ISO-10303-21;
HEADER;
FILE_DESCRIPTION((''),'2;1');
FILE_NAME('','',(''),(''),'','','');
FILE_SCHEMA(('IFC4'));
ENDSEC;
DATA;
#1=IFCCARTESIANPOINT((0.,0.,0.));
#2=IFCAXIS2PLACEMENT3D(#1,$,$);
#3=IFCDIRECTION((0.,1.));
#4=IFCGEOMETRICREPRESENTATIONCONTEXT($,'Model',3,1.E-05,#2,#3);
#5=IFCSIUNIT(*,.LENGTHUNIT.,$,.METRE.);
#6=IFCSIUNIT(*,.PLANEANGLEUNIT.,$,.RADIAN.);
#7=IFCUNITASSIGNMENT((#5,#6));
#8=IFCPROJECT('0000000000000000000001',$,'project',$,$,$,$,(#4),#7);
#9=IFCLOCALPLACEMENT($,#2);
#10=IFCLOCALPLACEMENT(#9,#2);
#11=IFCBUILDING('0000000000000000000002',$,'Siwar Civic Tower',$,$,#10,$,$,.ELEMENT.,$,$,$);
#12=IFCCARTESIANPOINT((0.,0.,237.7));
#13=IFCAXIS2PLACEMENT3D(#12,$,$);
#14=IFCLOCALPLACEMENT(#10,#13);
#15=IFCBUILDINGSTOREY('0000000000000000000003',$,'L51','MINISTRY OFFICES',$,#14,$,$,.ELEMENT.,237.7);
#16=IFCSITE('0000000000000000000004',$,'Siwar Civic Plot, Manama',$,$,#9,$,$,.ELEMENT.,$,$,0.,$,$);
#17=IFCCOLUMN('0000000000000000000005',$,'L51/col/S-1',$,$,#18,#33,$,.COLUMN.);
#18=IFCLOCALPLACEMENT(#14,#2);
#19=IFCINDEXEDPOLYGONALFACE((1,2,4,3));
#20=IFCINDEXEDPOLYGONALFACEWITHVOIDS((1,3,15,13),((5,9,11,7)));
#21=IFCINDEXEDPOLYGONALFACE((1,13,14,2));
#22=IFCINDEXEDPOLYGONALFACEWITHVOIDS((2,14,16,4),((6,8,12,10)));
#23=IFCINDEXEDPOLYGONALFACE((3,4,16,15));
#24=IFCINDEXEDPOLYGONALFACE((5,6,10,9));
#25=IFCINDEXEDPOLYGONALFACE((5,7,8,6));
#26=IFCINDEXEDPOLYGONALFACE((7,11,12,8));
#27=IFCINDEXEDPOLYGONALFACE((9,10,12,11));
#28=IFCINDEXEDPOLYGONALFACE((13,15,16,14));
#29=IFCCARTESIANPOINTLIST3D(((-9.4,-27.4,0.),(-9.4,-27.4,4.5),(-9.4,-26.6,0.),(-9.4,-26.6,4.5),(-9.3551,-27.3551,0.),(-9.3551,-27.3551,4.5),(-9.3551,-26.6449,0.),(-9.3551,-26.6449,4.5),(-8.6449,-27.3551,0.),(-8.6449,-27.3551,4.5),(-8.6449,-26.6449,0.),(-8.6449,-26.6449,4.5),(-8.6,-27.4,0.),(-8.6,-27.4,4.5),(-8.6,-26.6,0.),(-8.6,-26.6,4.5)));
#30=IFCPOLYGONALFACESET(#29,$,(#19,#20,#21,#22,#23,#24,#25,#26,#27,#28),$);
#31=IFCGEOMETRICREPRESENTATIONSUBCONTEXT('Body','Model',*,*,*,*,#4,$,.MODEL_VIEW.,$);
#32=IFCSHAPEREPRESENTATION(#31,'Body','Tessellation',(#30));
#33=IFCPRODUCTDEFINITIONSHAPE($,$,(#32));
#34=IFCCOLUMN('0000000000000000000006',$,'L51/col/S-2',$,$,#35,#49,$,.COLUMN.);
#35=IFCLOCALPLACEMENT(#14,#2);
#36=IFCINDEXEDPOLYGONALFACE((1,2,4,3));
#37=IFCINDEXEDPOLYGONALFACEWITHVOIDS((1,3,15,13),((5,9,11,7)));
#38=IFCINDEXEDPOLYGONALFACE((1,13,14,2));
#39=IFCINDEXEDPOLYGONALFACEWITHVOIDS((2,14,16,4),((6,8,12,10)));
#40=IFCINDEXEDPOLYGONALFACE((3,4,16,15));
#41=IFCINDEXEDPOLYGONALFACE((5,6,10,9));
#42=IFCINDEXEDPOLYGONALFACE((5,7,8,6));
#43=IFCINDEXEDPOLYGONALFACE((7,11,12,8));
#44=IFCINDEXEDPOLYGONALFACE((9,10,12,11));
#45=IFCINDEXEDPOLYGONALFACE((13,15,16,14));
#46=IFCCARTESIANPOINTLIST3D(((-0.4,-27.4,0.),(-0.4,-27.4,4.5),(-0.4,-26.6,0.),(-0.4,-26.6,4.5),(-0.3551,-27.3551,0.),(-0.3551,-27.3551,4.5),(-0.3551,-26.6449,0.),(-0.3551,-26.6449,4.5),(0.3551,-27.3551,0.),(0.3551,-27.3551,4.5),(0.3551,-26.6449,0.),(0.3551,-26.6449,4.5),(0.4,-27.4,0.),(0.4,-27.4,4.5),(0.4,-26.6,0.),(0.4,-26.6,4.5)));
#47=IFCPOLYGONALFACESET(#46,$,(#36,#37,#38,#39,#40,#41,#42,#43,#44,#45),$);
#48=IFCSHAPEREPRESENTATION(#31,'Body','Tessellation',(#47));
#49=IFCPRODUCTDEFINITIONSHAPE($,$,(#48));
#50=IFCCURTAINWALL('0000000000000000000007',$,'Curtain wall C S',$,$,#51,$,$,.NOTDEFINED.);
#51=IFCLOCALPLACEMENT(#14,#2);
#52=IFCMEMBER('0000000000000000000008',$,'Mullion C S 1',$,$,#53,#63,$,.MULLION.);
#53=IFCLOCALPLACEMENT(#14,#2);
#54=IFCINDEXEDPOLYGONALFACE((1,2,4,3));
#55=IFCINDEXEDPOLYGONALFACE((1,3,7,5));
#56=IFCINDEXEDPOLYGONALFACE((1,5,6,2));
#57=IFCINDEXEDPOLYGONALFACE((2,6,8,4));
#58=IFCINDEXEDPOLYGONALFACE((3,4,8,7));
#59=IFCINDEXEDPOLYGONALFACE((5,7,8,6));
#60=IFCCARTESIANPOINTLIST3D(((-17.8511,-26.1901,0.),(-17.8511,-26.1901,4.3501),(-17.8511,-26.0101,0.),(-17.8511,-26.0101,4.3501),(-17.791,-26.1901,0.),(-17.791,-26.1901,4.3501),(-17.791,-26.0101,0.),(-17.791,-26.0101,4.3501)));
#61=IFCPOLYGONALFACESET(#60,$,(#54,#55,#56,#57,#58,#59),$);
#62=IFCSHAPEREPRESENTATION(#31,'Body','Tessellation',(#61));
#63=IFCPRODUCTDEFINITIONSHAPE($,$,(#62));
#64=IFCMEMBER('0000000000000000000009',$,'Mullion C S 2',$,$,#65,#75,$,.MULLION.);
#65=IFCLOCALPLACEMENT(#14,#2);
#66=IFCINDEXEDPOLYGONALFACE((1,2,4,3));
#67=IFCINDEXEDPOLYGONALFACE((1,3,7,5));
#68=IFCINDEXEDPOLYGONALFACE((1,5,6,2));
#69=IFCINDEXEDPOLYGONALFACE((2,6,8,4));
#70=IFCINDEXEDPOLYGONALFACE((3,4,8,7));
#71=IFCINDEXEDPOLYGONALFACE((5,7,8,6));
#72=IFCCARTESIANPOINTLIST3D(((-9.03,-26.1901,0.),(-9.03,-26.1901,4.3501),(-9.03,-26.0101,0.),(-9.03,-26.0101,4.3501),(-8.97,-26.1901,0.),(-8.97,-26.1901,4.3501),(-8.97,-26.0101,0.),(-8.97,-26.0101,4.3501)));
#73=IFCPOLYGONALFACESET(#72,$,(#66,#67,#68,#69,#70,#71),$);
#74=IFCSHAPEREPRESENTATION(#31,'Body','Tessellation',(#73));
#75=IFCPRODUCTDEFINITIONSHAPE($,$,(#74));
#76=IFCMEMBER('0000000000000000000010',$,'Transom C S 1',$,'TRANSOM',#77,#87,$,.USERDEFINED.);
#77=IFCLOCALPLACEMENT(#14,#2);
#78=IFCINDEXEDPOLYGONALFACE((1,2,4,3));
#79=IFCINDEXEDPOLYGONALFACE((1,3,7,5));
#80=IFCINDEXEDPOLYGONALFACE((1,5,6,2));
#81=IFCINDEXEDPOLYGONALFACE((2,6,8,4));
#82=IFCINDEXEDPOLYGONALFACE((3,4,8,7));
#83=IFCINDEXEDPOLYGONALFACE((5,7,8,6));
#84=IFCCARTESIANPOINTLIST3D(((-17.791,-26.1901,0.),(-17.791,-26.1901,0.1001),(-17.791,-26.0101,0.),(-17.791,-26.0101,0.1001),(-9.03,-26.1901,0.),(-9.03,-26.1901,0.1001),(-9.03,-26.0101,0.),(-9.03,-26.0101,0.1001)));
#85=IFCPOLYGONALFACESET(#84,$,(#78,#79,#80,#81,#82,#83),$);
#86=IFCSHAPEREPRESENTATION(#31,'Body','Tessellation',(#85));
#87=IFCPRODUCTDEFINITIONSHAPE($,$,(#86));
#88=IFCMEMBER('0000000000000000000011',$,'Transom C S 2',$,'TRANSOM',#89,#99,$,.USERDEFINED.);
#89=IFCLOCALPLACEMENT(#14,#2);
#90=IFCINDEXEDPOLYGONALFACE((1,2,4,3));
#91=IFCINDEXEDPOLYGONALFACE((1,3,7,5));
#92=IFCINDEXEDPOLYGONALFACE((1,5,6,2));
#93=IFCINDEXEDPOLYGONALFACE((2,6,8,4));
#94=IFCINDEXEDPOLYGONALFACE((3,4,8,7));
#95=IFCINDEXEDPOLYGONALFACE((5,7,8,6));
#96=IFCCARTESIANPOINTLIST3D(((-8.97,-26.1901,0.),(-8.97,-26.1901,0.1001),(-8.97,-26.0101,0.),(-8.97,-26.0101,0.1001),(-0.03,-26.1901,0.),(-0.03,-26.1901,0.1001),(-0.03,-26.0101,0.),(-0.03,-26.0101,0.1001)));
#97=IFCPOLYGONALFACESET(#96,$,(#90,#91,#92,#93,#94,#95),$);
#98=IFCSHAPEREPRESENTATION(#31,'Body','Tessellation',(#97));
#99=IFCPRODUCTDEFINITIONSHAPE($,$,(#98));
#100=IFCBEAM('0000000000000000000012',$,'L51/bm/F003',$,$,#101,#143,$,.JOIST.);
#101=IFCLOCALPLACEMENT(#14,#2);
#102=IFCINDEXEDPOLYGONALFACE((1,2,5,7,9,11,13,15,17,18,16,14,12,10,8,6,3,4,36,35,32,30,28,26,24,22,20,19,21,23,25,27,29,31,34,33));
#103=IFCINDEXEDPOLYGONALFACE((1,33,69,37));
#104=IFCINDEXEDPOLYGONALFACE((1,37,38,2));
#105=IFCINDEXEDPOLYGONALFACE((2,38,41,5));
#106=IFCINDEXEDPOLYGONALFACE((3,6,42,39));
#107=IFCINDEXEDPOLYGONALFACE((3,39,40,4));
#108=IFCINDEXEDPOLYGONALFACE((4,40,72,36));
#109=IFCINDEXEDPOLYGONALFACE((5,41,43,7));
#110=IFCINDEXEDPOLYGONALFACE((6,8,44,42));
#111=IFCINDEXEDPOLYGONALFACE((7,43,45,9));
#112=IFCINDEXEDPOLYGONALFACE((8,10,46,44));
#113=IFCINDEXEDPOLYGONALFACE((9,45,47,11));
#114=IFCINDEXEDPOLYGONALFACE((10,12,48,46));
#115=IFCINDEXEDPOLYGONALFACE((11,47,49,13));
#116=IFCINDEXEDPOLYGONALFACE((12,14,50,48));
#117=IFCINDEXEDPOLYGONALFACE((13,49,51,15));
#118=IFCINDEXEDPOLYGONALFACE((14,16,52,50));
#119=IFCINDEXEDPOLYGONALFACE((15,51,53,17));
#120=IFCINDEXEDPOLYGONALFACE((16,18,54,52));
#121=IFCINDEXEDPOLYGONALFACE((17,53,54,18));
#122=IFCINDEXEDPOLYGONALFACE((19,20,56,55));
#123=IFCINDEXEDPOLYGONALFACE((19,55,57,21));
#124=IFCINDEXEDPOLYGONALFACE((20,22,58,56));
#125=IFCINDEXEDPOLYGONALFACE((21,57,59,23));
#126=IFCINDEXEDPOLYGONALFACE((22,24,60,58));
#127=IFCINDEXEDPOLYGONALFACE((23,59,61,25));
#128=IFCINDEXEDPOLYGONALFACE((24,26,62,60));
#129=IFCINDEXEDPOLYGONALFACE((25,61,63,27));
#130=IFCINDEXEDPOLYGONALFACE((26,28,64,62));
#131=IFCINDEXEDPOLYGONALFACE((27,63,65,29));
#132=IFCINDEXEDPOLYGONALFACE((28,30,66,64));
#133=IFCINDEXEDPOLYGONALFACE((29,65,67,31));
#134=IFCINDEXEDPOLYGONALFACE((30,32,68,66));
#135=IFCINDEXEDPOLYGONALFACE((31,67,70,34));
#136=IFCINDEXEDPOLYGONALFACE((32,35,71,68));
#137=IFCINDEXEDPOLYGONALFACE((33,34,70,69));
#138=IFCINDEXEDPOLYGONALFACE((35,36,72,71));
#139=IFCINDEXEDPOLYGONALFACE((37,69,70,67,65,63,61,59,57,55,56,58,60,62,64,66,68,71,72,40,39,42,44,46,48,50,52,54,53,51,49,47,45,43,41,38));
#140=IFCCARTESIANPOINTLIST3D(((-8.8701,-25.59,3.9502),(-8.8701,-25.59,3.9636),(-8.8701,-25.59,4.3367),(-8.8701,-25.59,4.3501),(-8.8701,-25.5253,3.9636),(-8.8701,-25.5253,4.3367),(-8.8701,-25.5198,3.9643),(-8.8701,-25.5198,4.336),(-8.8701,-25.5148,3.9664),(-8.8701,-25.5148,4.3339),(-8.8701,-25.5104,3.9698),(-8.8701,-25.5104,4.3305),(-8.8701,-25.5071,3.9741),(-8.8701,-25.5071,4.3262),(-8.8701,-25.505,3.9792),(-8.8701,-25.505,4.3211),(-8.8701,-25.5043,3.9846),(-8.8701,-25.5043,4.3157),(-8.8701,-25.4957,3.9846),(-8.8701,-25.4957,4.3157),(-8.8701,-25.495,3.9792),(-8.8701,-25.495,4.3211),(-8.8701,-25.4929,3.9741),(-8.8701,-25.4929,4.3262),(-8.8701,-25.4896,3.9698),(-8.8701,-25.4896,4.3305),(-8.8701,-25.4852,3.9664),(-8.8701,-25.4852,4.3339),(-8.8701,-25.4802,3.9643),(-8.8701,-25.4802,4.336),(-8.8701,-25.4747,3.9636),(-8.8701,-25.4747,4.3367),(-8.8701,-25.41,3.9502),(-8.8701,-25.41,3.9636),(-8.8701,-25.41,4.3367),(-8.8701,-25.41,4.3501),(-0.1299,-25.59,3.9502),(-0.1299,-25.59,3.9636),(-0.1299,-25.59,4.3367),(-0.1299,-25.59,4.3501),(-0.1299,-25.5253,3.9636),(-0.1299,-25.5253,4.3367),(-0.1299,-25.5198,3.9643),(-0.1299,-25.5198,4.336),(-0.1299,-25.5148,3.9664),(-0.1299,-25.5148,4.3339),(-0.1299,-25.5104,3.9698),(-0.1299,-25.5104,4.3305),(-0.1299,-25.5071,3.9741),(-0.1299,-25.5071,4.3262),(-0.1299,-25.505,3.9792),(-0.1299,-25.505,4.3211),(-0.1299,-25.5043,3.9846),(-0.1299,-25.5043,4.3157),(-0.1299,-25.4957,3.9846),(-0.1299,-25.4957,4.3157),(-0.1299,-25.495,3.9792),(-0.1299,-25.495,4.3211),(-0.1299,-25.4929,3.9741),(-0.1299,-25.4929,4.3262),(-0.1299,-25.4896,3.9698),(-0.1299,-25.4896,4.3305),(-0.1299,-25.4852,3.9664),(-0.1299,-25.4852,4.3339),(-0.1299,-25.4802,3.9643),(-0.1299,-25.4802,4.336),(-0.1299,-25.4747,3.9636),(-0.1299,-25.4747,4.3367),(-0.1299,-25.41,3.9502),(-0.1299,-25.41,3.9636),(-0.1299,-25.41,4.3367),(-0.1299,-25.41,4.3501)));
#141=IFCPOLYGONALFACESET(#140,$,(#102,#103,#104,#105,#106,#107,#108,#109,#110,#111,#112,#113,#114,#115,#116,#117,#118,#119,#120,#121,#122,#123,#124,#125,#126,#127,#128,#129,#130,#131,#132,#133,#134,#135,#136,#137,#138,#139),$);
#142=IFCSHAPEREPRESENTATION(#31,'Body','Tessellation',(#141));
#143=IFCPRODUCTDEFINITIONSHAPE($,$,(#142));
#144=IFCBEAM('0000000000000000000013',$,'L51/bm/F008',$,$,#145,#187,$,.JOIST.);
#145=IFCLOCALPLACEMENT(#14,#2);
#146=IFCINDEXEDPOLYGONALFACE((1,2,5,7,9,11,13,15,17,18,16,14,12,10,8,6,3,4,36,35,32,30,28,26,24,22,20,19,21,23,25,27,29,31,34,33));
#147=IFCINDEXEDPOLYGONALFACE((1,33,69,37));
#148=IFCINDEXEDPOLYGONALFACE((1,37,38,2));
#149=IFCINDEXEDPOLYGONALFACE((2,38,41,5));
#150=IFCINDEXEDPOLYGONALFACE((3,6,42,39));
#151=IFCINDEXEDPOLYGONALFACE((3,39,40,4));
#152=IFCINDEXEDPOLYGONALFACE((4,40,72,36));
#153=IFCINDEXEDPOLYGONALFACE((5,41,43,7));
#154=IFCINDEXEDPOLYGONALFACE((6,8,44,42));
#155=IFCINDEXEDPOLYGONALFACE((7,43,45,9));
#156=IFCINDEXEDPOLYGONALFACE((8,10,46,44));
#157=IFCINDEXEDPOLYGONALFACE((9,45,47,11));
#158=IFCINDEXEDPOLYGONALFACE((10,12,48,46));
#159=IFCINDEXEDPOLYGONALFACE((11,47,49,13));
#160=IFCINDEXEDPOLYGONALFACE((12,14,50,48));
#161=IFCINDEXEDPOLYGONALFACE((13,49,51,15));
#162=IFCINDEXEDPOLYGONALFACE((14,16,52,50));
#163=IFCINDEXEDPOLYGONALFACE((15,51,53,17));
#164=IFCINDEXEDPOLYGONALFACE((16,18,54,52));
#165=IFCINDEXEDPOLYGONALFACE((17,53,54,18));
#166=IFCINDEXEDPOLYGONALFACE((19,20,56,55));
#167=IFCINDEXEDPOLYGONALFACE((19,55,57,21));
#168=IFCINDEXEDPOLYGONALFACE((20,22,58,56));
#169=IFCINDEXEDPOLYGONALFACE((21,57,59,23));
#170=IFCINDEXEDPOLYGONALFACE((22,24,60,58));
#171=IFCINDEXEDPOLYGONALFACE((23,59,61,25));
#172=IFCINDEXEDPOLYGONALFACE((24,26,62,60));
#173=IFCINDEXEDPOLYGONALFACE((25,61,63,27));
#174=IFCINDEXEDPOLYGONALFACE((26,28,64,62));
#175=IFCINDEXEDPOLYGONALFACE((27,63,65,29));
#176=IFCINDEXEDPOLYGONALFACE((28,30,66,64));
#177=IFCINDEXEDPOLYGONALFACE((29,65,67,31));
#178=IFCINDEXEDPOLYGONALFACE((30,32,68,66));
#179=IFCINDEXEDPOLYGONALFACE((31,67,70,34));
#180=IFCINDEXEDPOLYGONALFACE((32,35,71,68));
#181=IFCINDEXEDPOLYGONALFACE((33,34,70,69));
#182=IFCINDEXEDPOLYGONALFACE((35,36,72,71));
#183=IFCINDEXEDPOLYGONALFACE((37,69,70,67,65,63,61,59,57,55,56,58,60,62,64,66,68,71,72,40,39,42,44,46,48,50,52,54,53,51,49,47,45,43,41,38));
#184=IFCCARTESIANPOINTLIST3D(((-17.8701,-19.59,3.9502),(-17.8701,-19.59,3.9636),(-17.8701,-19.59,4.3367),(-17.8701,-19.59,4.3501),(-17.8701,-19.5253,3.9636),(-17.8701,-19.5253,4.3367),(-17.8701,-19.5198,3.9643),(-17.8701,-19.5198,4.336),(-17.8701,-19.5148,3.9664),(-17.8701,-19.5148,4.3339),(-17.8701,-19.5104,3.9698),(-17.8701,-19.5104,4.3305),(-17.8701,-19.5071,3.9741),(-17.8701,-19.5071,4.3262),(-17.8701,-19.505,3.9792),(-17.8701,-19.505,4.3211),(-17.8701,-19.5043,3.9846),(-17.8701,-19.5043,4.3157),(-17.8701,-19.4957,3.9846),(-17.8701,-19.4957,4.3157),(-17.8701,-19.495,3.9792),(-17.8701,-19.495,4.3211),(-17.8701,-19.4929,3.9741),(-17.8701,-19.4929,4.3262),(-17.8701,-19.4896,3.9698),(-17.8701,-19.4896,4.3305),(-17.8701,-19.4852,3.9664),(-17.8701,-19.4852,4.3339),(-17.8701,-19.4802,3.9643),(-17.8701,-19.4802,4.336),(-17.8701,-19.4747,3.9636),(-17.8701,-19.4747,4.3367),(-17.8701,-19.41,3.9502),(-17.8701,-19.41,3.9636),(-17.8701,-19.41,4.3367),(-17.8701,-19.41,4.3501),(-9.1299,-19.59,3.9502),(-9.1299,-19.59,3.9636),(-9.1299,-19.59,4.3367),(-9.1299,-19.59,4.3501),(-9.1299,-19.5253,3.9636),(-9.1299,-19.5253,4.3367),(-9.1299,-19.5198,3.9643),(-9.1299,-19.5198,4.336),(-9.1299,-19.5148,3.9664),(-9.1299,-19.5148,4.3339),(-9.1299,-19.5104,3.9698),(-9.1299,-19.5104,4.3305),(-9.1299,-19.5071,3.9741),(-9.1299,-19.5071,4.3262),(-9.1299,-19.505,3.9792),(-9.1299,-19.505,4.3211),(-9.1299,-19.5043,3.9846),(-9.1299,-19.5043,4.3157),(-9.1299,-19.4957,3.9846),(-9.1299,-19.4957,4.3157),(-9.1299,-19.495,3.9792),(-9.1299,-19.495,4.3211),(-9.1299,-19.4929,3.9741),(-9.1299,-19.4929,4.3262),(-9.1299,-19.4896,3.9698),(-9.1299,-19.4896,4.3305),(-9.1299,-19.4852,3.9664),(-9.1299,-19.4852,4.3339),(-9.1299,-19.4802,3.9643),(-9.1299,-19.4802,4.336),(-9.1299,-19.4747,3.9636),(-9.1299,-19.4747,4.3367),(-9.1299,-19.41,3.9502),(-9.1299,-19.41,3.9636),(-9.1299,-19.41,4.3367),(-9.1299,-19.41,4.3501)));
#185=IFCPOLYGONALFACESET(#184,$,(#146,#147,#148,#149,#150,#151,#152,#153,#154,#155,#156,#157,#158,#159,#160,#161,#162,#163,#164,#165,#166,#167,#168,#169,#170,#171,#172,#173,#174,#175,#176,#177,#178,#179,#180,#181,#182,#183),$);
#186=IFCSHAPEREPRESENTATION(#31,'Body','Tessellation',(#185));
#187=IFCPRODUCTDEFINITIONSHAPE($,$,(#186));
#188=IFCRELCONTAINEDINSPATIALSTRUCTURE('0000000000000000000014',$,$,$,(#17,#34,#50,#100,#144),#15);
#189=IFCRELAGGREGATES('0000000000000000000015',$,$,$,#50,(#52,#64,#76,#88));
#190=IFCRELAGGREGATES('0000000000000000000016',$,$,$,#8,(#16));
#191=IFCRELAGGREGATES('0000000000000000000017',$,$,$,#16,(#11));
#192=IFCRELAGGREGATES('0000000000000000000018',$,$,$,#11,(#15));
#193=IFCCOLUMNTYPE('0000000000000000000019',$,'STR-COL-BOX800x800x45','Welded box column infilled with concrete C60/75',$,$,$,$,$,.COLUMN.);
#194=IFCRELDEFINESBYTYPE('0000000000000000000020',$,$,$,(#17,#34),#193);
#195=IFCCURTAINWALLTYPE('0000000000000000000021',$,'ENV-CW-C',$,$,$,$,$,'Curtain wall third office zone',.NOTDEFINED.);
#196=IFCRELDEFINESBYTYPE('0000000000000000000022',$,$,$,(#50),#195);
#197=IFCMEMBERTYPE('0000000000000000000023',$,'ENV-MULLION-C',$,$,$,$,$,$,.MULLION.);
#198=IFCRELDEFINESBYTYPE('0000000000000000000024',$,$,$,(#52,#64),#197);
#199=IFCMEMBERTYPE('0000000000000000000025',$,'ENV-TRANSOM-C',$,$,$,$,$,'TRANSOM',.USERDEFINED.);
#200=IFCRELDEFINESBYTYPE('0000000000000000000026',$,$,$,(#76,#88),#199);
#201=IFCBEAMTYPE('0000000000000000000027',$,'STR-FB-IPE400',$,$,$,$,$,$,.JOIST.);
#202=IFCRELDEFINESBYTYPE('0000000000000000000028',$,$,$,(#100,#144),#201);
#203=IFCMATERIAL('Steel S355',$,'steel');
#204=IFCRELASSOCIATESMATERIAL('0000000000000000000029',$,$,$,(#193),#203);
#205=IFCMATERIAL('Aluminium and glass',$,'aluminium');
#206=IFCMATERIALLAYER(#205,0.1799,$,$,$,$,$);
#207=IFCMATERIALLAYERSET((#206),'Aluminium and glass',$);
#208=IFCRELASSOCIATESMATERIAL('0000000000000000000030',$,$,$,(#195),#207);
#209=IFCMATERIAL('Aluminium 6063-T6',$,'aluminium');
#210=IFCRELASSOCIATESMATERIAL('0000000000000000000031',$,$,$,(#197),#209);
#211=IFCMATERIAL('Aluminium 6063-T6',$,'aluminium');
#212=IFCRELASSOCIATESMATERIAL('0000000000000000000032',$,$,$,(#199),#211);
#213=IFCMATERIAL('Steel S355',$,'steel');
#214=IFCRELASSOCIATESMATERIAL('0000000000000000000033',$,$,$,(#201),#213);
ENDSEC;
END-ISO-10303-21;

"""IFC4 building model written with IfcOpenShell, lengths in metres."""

from ifc_helpers import new_model, si_unit, direction, frame, origin, origin_2d, place, context, subcontext, project, spatial, rectangle, hollow_rectangle, i_section, extrude, material, layer, layer_set, material_profile, profile_set, type_object, element, aggregate, save


model = new_model("IFC4")

# Units and contexts
model_context = context("Model", 3, precision=1e-05, world=origin(), true_north=direction((0.0, 1.0)))
body_context = subcontext(model_context, "Body", "Model", "MODEL_VIEW")
ifc_project = project(units=[si_unit("LENGTHUNIT", "METRE"), si_unit("PLANEANGLEUNIT", "RADIAN")], contexts=[model_context])

# Site, building, storey
site_placement = place(None, origin())
site = spatial("IfcSite", under=ifc_project, at=site_placement, Name="Siwar Civic Plot, Manama", CompositionType="ELEMENT", RefElevation=0.0)
building_placement = place(site_placement, origin())
building = spatial("IfcBuilding", under=site, at=building_placement, Name="Siwar Civic Tower", CompositionType="ELEMENT")
storey_placement = place(building_placement, frame((0.0, 0.0, 237.7)))
storey = spatial("IfcBuildingStorey", under=building, at=storey_placement, Name="L51", Description="MINISTRY OFFICES", CompositionType="ELEMENT", Elevation=237.7)

# Columns
ifc_material_1 = material(Name="Steel S355", Category="steel")
ifc_material_profile_1 = material_profile(ifc_material_1, hollow_rectangle(XDim=0.8, YDim=0.8, WallThickness=0.0449, at=origin_2d()), Name="BOX800x800x45")
ifc_profile_set_1 = profile_set([ifc_material_profile_1], Name="Steel S355")
column_type = type_object("IfcColumnType", Name="STR-COL-BOX800x800x45", Description="Welded box column infilled with concrete C60/75", PredefinedType="COLUMN", material=ifc_profile_set_1)
for number, where, z_axis, x_axis, name in (
    (1, (-9.0, -27.0, 0.0), (0.0, 0.0, 1.0), (1.0, 0.0, 0.0), "L51/col/S-1"),
    (2, (0.0, -27.0, 0.0), (0.0, 0.0, 1.0), (1.0, 0.0, 0.0), "L51/col/S-2"),
):
    element("IfcColumn", number, at=place(storey_placement, frame(where, z_axis=z_axis, x_axis=x_axis)), inside=storey, type_object=column_type, Name=name, PredefinedType="COLUMN", context=body_context, shape_type="SweptSolid", body=[
        extrude(hollow_rectangle(XDim=0.8, YDim=0.8, WallThickness=0.0449, at=origin_2d()), origin(), (0.0, 0.0, 1.0), 4.5),
    ])

# Curtain wall, members
ifc_material_2 = material(Name="Aluminium and glass", Category="aluminium")
ifc_layer_1 = layer(ifc_material_2, 0.1799)
ifc_layer_set_1 = layer_set([ifc_layer_1], Name="Aluminium and glass")
curtain_wall_type = type_object("IfcCurtainWallType", Name="ENV-CW-C", ElementType="Curtain wall third office zone", PredefinedType="NOTDEFINED", material=ifc_layer_set_1)
curtain_wall_placement = place(storey_placement, origin())
curtain_wall = element("IfcCurtainWall", 3, at=curtain_wall_placement, inside=storey, type_object=curtain_wall_type, Name="Curtain wall C S", PredefinedType="NOTDEFINED")
ifc_material_3 = material(Name="Aluminium 6063-T6", Category="aluminium")
ifc_material_profile_2 = material_profile(ifc_material_3, rectangle(XDim=0.1799, YDim=0.0601, at=origin_2d()), Name="AL 180x60")
ifc_profile_set_2 = profile_set([ifc_material_profile_2], Name="Aluminium 6063-T6")
member_type_1 = type_object("IfcMemberType", Name="ENV-MULLION-C", PredefinedType="MULLION", material=ifc_profile_set_2)
member_1_placement = place(storey_placement, frame((-17.821, -26.1001, 0.0), z_axis=(0.0, 0.0, 1.0), x_axis=(0.0, 1.0, 0.0)))
member_1 = element("IfcMember", 4, at=member_1_placement, type_object=member_type_1, Name="Mullion C S 1", PredefinedType="MULLION", context=body_context, shape_type="SweptSolid", body=[
    extrude(rectangle(XDim=0.1799, YDim=0.0601, at=origin_2d()), origin(), (0.0, 0.0, 1.0), 4.3501),
])
member_2_placement = place(storey_placement, frame((-9.0, -26.1001, 0.0), z_axis=(0.0, 0.0, 1.0), x_axis=(0.0, 1.0, 0.0)))
member_2 = element("IfcMember", 5, at=member_2_placement, type_object=member_type_1, Name="Mullion C S 2", PredefinedType="MULLION", context=body_context, shape_type="SweptSolid", body=[
    extrude(rectangle(XDim=0.1799, YDim=0.0601, at=origin_2d()), origin(), (0.0, 0.0, 1.0), 4.3501),
])
ifc_material_4 = material(Name="Aluminium 6063-T6", Category="aluminium")
ifc_material_profile_3 = material_profile(ifc_material_4, rectangle(XDim=0.1799, YDim=0.1001, at=origin_2d()), Name="AL 180x100")
ifc_profile_set_3 = profile_set([ifc_material_profile_3], Name="Aluminium 6063-T6")
member_type_2 = type_object("IfcMemberType", Name="ENV-TRANSOM-C", ElementType="TRANSOM", PredefinedType="USERDEFINED", material=ifc_profile_set_3)
member_3_placement = place(storey_placement, frame((-17.791, -26.1001, 0.05), z_axis=(1.0, 0.0, 0.0), x_axis=(0.0, 1.0, 0.0)))
member_3 = element("IfcMember", 6, at=member_3_placement, type_object=member_type_2, Name="Transom C S 1", ObjectType="TRANSOM", PredefinedType="USERDEFINED", context=body_context, shape_type="SweptSolid", body=[
    extrude(rectangle(XDim=0.1799, YDim=0.1001, at=origin_2d()), origin(), (0.0, 0.0, 1.0), 8.761),
])
member_4_placement = place(storey_placement, frame((-8.97, -26.1001, 0.05), z_axis=(1.0, 0.0, 0.0), x_axis=(0.0, 1.0, 0.0)))
member_4 = element("IfcMember", 7, at=member_4_placement, type_object=member_type_2, Name="Transom C S 2", ObjectType="TRANSOM", PredefinedType="USERDEFINED", context=body_context, shape_type="SweptSolid", body=[
    extrude(rectangle(XDim=0.1799, YDim=0.1001, at=origin_2d()), origin(), (0.0, 0.0, 1.0), 8.9399),
])

# Beams
ifc_material_5 = material(Name="Steel S355", Category="steel")
ifc_material_profile_4 = material_profile(ifc_material_5, i_section(OverallWidth=0.1799, OverallDepth=0.3999, WebThickness=0.0085, FlangeThickness=0.0134, FilletRadius=0.021, at=origin_2d()), Name="IPE400")
ifc_profile_set_4 = profile_set([ifc_material_profile_4], Name="Steel S355")
beam_type_1 = type_object("IfcBeamType", Name="STR-FB-IPE400", PredefinedType="JOIST", material=ifc_profile_set_4)
for number, where, z_axis, x_axis, name in (
    (8, (-8.8701, -25.5, 4.1501), (1.0, 0.0, 0.0), (0.0, 1.0, 0.0), "L51/bm/F003"),
    (9, (-17.8701, -19.5, 4.1501), (1.0, 0.0, 0.0), (0.0, 1.0, 0.0), "L51/bm/F008"),
):
    element("IfcBeam", number, at=place(storey_placement, frame(where, z_axis=z_axis, x_axis=x_axis)), inside=storey, type_object=beam_type_1, Name=name, PredefinedType="JOIST", context=body_context, shape_type="SweptSolid", body=[
        extrude(i_section(OverallWidth=0.1799, OverallDepth=0.3999, WebThickness=0.0085, FlangeThickness=0.0134, FilletRadius=0.021, at=origin_2d()), origin(), (0.0, 0.0, 1.0), 8.7402),
    ])

aggregate(curtain_wall, [member_1, member_2, member_3, member_4])

save(model, "model.ifc")
